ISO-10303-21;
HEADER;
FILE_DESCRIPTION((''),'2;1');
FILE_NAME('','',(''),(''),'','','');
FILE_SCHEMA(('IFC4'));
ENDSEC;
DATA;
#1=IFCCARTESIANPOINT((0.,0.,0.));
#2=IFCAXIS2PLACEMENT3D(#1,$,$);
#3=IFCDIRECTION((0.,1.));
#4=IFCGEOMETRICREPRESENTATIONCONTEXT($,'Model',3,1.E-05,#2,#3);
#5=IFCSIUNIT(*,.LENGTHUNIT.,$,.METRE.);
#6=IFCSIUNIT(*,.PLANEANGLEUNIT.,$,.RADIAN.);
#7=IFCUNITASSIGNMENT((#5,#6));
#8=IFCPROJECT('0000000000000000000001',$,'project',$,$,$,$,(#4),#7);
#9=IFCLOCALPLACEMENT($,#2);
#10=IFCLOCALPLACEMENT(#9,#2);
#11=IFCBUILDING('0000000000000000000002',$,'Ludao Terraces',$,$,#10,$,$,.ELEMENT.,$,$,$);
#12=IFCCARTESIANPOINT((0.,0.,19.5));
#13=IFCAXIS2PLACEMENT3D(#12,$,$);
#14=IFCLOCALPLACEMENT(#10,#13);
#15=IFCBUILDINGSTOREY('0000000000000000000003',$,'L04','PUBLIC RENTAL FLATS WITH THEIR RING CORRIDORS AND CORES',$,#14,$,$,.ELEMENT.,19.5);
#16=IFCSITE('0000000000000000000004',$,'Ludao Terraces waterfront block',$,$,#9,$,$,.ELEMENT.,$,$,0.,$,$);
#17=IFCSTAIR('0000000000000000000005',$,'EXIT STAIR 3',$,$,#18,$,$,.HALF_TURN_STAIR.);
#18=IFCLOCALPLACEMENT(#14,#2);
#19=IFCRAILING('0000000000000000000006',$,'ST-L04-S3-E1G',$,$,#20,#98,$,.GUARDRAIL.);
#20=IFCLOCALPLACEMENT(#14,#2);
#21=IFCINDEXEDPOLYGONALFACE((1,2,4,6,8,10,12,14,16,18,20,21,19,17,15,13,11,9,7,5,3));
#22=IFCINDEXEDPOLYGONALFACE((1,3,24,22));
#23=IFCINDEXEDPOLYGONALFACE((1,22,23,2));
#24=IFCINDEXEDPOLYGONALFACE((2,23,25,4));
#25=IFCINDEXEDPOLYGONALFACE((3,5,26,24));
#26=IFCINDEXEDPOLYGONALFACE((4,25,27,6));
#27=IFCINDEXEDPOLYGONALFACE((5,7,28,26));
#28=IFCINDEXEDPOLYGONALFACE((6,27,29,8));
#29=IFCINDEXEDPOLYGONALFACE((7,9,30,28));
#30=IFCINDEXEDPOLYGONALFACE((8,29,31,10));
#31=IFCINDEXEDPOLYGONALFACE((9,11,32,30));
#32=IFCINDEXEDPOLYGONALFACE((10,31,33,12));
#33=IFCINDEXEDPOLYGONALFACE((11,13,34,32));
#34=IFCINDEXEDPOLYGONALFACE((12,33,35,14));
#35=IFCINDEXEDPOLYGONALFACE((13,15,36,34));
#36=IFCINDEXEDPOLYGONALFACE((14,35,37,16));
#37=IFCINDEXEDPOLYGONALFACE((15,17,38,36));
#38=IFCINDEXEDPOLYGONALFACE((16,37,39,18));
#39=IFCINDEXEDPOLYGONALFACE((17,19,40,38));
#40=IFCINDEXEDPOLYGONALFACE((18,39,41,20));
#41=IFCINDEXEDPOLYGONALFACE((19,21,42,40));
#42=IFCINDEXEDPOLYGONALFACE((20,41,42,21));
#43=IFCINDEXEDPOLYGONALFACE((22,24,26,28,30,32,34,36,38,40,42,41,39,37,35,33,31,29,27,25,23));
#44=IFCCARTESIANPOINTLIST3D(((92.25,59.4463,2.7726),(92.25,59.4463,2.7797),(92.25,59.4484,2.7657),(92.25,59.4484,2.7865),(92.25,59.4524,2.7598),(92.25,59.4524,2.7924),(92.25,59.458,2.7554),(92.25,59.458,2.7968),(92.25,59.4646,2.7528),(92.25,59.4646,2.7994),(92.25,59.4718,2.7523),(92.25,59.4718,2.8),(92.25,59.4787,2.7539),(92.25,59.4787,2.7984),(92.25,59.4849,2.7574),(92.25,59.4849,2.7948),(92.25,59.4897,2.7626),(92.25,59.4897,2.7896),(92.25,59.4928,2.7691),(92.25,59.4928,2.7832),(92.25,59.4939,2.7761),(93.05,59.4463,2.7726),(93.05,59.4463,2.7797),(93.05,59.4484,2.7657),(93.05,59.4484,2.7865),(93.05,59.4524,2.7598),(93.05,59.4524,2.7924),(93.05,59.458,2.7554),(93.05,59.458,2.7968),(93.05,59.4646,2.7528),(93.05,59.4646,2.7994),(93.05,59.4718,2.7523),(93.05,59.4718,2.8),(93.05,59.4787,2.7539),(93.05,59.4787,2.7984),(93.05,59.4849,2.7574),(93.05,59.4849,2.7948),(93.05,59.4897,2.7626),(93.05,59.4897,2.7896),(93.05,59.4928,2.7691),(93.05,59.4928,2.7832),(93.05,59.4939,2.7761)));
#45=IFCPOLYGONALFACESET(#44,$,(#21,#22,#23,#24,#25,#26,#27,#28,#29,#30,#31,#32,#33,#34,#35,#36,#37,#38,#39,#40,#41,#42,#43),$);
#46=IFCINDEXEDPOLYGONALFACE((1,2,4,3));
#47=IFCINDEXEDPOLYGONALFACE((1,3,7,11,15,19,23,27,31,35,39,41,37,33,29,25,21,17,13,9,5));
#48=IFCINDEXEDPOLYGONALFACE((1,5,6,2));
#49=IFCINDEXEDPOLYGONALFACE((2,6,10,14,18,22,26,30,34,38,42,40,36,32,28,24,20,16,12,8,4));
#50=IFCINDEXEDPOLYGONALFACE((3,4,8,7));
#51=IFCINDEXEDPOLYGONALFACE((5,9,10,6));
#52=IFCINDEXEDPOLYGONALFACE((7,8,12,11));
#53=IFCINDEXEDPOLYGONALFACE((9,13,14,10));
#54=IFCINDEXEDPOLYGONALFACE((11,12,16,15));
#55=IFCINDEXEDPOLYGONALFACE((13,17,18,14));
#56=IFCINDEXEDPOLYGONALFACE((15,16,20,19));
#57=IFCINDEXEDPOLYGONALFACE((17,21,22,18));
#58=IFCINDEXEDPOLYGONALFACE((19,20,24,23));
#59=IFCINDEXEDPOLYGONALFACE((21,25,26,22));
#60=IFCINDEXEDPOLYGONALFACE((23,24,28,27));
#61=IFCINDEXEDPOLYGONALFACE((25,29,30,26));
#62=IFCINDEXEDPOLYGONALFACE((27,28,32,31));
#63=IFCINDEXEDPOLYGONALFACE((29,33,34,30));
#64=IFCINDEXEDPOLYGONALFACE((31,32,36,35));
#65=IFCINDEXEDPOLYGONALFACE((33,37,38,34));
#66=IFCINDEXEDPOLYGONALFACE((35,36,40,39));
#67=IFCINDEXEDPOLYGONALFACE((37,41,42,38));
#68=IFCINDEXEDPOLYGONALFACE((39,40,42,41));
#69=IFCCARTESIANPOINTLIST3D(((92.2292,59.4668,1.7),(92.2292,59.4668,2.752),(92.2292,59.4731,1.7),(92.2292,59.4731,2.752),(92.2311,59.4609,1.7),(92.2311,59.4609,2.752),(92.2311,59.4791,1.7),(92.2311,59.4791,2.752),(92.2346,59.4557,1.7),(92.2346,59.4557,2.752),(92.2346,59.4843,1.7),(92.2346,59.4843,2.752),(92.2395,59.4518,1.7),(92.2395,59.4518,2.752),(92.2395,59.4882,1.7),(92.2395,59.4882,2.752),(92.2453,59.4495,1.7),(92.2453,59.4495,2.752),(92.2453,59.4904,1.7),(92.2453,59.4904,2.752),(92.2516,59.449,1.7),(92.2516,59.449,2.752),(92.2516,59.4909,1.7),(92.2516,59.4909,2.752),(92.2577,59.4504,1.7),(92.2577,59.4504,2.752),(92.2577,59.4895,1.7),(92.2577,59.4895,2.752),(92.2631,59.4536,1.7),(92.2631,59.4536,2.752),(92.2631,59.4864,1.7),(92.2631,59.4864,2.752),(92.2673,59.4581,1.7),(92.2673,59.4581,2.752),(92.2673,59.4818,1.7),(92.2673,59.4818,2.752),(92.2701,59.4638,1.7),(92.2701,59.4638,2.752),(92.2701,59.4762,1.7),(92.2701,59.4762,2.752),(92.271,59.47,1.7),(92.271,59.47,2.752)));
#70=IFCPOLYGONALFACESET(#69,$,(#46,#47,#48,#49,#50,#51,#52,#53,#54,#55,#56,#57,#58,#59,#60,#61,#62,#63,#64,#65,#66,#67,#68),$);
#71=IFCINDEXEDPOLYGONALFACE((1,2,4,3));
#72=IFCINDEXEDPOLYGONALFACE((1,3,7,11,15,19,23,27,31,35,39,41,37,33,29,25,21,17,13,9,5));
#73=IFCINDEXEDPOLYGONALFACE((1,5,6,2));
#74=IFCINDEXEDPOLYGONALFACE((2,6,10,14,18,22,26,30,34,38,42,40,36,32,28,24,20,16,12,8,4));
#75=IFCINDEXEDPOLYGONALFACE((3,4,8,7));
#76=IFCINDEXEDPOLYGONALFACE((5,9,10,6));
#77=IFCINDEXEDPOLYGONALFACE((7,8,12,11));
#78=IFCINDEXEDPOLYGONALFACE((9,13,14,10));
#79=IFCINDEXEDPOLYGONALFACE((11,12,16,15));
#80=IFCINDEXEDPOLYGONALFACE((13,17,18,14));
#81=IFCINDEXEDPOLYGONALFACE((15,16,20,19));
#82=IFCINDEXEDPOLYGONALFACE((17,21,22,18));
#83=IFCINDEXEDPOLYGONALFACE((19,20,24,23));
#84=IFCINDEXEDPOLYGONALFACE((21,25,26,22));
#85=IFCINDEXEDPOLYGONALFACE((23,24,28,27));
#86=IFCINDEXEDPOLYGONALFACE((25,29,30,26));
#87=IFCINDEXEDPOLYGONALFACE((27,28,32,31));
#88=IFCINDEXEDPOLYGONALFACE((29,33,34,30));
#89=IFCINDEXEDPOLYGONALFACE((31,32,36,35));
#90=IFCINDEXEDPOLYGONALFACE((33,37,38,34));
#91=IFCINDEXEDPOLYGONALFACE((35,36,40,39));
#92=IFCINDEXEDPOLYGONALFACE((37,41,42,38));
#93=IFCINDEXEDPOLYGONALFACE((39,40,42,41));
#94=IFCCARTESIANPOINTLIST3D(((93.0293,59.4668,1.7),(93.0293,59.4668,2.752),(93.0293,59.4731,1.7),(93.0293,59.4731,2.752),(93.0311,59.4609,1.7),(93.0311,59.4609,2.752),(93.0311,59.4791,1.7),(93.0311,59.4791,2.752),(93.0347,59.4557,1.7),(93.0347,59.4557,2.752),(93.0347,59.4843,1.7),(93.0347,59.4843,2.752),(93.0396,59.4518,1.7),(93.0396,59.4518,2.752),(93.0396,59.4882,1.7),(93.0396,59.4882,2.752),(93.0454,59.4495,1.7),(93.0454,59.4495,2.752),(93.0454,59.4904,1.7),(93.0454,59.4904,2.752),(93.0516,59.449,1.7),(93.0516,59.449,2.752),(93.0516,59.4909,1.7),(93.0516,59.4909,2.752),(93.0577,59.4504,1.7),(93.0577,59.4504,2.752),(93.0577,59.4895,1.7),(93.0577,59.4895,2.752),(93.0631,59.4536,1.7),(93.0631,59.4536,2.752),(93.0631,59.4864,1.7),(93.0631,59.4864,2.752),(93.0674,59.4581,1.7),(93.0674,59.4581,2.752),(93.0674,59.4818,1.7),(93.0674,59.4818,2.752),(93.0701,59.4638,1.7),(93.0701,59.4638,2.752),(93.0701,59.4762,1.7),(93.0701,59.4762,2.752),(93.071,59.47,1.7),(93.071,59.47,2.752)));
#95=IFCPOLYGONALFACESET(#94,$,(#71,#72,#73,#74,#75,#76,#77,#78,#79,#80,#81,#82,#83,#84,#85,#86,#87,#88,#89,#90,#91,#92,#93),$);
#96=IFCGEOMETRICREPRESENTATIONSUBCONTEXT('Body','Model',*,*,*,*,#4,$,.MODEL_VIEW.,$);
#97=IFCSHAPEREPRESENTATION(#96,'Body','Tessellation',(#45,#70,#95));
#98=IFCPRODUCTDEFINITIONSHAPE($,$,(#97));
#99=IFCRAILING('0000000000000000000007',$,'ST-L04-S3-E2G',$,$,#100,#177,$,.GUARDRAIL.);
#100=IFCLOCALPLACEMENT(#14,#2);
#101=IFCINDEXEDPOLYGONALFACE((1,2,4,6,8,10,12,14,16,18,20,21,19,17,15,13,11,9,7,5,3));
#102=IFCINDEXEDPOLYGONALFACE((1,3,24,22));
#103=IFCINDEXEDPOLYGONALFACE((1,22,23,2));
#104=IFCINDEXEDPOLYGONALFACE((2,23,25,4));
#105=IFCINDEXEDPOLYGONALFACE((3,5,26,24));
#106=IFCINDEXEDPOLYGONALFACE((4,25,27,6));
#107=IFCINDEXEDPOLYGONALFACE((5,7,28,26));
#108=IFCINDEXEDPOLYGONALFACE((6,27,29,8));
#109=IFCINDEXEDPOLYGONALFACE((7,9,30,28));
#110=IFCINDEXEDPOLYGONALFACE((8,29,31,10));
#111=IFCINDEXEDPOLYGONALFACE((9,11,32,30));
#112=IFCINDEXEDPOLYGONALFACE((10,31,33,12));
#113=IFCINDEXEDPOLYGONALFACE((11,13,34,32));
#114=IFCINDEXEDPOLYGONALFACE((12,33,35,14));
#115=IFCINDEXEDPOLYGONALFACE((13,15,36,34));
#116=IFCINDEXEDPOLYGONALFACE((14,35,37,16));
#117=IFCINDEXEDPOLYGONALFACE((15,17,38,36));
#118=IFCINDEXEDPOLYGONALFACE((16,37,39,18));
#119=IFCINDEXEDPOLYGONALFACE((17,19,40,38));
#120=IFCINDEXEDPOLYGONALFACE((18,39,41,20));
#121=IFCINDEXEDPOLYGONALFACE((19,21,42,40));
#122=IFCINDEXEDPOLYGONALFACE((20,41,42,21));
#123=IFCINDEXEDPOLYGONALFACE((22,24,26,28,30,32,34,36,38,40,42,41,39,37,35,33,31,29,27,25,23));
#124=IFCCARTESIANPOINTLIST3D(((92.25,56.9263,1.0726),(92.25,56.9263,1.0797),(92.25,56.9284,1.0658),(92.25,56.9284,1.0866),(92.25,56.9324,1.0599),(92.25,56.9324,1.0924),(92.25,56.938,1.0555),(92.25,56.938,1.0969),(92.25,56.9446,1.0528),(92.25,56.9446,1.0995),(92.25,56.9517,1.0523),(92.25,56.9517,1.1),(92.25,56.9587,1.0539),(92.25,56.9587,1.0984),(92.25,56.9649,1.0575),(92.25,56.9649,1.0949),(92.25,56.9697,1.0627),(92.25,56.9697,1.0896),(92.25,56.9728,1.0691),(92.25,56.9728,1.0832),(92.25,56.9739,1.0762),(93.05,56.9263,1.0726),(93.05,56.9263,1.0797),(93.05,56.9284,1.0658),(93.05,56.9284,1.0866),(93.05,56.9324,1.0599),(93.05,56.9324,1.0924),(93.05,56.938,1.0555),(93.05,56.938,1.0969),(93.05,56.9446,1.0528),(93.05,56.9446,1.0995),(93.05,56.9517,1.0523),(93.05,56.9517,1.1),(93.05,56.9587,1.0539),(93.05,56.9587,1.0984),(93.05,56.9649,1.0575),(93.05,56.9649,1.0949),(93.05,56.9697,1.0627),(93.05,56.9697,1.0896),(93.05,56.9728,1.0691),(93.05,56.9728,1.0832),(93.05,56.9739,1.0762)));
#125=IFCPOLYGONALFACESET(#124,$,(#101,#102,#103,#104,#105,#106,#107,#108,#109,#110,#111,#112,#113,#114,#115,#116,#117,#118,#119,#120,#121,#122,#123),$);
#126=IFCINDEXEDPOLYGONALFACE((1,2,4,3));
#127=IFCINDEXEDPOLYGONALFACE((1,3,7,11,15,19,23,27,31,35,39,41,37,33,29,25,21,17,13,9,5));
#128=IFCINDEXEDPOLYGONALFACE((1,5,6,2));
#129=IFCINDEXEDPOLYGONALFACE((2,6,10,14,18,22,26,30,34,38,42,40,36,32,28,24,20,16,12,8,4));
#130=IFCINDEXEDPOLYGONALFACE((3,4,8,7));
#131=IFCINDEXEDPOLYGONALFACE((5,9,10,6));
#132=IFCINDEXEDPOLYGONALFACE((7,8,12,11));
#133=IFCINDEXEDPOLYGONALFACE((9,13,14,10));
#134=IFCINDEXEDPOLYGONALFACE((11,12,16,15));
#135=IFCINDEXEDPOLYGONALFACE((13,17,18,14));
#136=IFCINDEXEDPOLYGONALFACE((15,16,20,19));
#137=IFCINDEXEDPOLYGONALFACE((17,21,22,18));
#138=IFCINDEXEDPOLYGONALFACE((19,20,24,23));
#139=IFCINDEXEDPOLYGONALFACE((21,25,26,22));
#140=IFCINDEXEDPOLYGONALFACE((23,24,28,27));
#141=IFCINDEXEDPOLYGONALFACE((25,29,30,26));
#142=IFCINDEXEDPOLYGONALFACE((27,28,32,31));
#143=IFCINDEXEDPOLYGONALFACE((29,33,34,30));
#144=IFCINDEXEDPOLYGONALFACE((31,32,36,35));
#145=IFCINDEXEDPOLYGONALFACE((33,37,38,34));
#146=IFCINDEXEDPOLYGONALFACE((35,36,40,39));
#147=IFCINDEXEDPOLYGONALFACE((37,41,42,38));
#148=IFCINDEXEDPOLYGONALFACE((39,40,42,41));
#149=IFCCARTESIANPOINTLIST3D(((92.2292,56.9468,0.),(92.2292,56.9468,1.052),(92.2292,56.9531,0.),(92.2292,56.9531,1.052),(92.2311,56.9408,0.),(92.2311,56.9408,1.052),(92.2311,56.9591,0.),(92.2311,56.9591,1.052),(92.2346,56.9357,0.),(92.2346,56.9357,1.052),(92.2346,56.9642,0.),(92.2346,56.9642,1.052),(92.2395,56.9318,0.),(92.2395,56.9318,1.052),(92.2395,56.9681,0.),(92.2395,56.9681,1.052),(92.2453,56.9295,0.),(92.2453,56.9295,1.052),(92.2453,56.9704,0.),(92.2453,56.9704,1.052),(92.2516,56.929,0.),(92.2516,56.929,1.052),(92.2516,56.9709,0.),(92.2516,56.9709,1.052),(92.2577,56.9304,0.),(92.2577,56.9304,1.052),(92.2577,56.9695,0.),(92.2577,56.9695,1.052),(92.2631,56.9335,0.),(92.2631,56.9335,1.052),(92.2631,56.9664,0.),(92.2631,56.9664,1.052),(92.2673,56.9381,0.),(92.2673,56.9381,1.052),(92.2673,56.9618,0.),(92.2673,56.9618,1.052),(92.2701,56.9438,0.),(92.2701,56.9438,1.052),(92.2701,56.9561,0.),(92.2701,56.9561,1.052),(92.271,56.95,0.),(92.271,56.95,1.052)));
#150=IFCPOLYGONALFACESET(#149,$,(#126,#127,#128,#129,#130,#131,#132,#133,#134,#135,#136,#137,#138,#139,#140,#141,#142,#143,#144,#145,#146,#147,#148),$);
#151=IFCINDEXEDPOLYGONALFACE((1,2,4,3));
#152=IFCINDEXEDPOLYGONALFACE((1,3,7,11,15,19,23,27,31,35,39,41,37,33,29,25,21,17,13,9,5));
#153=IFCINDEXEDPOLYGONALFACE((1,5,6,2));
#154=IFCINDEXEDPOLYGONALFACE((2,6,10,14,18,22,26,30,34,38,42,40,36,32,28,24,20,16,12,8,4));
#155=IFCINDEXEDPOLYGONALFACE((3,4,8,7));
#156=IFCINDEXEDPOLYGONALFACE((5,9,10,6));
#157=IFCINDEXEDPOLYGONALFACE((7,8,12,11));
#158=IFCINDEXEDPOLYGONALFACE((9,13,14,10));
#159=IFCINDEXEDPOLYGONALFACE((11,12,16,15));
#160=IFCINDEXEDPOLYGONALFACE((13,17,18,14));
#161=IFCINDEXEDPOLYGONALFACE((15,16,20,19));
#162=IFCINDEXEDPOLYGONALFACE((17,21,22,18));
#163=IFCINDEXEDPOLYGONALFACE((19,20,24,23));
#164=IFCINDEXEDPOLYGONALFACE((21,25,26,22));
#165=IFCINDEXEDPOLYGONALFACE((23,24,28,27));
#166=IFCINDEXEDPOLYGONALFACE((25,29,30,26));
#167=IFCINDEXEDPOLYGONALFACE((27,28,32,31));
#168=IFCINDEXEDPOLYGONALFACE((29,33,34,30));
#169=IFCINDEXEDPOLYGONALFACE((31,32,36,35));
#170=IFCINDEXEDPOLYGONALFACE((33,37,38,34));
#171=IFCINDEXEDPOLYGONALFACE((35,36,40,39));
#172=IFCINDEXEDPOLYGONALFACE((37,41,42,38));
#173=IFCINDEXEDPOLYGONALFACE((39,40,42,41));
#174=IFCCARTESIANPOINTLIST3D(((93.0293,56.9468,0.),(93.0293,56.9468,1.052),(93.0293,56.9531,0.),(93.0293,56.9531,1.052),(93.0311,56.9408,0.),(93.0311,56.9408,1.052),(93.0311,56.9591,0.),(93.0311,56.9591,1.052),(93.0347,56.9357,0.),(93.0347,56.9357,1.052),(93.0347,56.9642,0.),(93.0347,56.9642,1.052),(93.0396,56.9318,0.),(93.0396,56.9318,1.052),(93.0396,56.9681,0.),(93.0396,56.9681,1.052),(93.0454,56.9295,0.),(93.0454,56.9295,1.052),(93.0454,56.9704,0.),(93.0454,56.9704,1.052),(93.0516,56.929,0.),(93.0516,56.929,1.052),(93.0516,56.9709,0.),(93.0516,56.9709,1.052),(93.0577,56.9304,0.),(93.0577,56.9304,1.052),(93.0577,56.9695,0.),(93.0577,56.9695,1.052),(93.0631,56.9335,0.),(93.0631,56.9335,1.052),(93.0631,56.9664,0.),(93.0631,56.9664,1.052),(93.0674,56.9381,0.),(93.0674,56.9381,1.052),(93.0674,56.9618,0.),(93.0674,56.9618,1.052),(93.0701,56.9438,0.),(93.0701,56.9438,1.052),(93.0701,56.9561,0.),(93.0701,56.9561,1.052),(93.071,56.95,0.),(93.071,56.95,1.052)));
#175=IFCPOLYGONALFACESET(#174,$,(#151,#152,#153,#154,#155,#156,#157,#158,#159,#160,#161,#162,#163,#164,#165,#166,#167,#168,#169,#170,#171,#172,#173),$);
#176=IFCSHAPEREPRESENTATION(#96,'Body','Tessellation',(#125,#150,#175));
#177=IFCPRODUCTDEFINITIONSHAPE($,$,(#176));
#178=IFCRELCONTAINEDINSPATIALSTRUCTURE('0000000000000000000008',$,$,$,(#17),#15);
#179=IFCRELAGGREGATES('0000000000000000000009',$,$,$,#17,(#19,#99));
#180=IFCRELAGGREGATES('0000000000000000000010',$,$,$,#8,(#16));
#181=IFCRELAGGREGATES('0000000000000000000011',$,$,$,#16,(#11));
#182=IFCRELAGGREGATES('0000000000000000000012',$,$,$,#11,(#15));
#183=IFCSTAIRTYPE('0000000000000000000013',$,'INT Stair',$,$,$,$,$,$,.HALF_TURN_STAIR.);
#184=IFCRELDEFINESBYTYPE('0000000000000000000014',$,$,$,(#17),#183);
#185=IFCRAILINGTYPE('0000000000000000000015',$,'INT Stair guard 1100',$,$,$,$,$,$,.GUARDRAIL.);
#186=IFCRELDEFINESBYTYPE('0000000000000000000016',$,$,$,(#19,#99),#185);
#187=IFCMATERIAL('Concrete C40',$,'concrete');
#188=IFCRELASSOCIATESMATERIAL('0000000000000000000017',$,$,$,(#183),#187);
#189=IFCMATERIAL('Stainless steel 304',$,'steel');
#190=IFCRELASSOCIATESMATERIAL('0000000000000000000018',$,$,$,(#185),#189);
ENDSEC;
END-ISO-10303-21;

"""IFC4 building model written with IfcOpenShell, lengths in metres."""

from ifc_helpers import new_model, si_unit, direction, frame, origin, origin_2d, place, context, subcontext, project, spatial, circle, extrude, material, type_object, element, aggregate, save


model = new_model("IFC4")

# Units and contexts
model_context = context("Model", 3, precision=1e-05, world=origin(), true_north=direction((0.0, 1.0)))
body_context = subcontext(model_context, "Body", "Model", "MODEL_VIEW")
ifc_project = project(units=[si_unit("LENGTHUNIT", "METRE"), si_unit("PLANEANGLEUNIT", "RADIAN")], contexts=[model_context])

# Site, building, storey
site_placement = place(None, origin())
site = spatial("IfcSite", under=ifc_project, at=site_placement, Name="Ludao Terraces waterfront block", CompositionType="ELEMENT", RefElevation=0.0)
building_placement = place(site_placement, origin())
building = spatial("IfcBuilding", under=site, at=building_placement, Name="Ludao Terraces", CompositionType="ELEMENT")
storey_placement = place(building_placement, frame((0.0, 0.0, 19.5)))
storey = spatial("IfcBuildingStorey", under=building, at=storey_placement, Name="L04", Description="PUBLIC RENTAL FLATS WITH THEIR RING CORRIDORS AND CORES", CompositionType="ELEMENT", Elevation=19.5)

# Stair, railings
ifc_material_1 = material(Name="Concrete C40", Category="concrete")
stair_type = type_object("IfcStairType", Name="INT Stair", PredefinedType="HALF_TURN_STAIR", material=ifc_material_1)
stair_placement = place(storey_placement, origin())
stair = element("IfcStair", 1, at=stair_placement, inside=storey, type_object=stair_type, Name="EXIT STAIR 3", PredefinedType="HALF_TURN_STAIR")
ifc_material_2 = material(Name="Stainless steel 304", Category="steel")
railing_type_1 = type_object("IfcRailingType", Name="INT Stair guard 1100", PredefinedType="GUARDRAIL", material=ifc_material_2)
railing_1_placement = place(storey_placement, frame((92.25, 59.47, 1.7)))
railing_1 = element("IfcRailing", 2, at=railing_1_placement, type_object=railing_type_1, Name="ST-L04-S3-E1G", PredefinedType="GUARDRAIL", context=body_context, shape_type="SweptSolid", body=[
    extrude(circle(Radius=0.0239, at=origin_2d()), frame((0.0, 0.0, 1.0762), z_axis=(1.0, 0.0, 0.0), x_axis=(0.0, 1.0, 0.0)), (0.0, 0.0, 1.0), 0.8),
    extrude(circle(Radius=0.021, at=origin_2d()), origin(), (0.0, 0.0, 1.0), 1.052),
    extrude(circle(Radius=0.021, at=origin_2d()), frame((0.8, 0.0, 0.0)), (0.0, 0.0, 1.0), 1.052),
])
railing_2_placement = place(storey_placement, frame((92.25, 56.95, 0.0)))
railing_2 = element("IfcRailing", 3, at=railing_2_placement, type_object=railing_type_1, Name="ST-L04-S3-E2G", PredefinedType="GUARDRAIL", context=body_context, shape_type="SweptSolid", body=[
    extrude(circle(Radius=0.0239, at=origin_2d()), frame((0.0, 0.0, 1.0762), z_axis=(1.0, 0.0, 0.0), x_axis=(0.0, 1.0, 0.0)), (0.0, 0.0, 1.0), 0.8),
    extrude(circle(Radius=0.021, at=origin_2d()), origin(), (0.0, 0.0, 1.0), 1.052),
    extrude(circle(Radius=0.021, at=origin_2d()), frame((0.8, 0.0, 0.0)), (0.0, 0.0, 1.0), 1.052),
])
aggregate(stair, [railing_1, railing_2])

save(model, "model.ifc")
